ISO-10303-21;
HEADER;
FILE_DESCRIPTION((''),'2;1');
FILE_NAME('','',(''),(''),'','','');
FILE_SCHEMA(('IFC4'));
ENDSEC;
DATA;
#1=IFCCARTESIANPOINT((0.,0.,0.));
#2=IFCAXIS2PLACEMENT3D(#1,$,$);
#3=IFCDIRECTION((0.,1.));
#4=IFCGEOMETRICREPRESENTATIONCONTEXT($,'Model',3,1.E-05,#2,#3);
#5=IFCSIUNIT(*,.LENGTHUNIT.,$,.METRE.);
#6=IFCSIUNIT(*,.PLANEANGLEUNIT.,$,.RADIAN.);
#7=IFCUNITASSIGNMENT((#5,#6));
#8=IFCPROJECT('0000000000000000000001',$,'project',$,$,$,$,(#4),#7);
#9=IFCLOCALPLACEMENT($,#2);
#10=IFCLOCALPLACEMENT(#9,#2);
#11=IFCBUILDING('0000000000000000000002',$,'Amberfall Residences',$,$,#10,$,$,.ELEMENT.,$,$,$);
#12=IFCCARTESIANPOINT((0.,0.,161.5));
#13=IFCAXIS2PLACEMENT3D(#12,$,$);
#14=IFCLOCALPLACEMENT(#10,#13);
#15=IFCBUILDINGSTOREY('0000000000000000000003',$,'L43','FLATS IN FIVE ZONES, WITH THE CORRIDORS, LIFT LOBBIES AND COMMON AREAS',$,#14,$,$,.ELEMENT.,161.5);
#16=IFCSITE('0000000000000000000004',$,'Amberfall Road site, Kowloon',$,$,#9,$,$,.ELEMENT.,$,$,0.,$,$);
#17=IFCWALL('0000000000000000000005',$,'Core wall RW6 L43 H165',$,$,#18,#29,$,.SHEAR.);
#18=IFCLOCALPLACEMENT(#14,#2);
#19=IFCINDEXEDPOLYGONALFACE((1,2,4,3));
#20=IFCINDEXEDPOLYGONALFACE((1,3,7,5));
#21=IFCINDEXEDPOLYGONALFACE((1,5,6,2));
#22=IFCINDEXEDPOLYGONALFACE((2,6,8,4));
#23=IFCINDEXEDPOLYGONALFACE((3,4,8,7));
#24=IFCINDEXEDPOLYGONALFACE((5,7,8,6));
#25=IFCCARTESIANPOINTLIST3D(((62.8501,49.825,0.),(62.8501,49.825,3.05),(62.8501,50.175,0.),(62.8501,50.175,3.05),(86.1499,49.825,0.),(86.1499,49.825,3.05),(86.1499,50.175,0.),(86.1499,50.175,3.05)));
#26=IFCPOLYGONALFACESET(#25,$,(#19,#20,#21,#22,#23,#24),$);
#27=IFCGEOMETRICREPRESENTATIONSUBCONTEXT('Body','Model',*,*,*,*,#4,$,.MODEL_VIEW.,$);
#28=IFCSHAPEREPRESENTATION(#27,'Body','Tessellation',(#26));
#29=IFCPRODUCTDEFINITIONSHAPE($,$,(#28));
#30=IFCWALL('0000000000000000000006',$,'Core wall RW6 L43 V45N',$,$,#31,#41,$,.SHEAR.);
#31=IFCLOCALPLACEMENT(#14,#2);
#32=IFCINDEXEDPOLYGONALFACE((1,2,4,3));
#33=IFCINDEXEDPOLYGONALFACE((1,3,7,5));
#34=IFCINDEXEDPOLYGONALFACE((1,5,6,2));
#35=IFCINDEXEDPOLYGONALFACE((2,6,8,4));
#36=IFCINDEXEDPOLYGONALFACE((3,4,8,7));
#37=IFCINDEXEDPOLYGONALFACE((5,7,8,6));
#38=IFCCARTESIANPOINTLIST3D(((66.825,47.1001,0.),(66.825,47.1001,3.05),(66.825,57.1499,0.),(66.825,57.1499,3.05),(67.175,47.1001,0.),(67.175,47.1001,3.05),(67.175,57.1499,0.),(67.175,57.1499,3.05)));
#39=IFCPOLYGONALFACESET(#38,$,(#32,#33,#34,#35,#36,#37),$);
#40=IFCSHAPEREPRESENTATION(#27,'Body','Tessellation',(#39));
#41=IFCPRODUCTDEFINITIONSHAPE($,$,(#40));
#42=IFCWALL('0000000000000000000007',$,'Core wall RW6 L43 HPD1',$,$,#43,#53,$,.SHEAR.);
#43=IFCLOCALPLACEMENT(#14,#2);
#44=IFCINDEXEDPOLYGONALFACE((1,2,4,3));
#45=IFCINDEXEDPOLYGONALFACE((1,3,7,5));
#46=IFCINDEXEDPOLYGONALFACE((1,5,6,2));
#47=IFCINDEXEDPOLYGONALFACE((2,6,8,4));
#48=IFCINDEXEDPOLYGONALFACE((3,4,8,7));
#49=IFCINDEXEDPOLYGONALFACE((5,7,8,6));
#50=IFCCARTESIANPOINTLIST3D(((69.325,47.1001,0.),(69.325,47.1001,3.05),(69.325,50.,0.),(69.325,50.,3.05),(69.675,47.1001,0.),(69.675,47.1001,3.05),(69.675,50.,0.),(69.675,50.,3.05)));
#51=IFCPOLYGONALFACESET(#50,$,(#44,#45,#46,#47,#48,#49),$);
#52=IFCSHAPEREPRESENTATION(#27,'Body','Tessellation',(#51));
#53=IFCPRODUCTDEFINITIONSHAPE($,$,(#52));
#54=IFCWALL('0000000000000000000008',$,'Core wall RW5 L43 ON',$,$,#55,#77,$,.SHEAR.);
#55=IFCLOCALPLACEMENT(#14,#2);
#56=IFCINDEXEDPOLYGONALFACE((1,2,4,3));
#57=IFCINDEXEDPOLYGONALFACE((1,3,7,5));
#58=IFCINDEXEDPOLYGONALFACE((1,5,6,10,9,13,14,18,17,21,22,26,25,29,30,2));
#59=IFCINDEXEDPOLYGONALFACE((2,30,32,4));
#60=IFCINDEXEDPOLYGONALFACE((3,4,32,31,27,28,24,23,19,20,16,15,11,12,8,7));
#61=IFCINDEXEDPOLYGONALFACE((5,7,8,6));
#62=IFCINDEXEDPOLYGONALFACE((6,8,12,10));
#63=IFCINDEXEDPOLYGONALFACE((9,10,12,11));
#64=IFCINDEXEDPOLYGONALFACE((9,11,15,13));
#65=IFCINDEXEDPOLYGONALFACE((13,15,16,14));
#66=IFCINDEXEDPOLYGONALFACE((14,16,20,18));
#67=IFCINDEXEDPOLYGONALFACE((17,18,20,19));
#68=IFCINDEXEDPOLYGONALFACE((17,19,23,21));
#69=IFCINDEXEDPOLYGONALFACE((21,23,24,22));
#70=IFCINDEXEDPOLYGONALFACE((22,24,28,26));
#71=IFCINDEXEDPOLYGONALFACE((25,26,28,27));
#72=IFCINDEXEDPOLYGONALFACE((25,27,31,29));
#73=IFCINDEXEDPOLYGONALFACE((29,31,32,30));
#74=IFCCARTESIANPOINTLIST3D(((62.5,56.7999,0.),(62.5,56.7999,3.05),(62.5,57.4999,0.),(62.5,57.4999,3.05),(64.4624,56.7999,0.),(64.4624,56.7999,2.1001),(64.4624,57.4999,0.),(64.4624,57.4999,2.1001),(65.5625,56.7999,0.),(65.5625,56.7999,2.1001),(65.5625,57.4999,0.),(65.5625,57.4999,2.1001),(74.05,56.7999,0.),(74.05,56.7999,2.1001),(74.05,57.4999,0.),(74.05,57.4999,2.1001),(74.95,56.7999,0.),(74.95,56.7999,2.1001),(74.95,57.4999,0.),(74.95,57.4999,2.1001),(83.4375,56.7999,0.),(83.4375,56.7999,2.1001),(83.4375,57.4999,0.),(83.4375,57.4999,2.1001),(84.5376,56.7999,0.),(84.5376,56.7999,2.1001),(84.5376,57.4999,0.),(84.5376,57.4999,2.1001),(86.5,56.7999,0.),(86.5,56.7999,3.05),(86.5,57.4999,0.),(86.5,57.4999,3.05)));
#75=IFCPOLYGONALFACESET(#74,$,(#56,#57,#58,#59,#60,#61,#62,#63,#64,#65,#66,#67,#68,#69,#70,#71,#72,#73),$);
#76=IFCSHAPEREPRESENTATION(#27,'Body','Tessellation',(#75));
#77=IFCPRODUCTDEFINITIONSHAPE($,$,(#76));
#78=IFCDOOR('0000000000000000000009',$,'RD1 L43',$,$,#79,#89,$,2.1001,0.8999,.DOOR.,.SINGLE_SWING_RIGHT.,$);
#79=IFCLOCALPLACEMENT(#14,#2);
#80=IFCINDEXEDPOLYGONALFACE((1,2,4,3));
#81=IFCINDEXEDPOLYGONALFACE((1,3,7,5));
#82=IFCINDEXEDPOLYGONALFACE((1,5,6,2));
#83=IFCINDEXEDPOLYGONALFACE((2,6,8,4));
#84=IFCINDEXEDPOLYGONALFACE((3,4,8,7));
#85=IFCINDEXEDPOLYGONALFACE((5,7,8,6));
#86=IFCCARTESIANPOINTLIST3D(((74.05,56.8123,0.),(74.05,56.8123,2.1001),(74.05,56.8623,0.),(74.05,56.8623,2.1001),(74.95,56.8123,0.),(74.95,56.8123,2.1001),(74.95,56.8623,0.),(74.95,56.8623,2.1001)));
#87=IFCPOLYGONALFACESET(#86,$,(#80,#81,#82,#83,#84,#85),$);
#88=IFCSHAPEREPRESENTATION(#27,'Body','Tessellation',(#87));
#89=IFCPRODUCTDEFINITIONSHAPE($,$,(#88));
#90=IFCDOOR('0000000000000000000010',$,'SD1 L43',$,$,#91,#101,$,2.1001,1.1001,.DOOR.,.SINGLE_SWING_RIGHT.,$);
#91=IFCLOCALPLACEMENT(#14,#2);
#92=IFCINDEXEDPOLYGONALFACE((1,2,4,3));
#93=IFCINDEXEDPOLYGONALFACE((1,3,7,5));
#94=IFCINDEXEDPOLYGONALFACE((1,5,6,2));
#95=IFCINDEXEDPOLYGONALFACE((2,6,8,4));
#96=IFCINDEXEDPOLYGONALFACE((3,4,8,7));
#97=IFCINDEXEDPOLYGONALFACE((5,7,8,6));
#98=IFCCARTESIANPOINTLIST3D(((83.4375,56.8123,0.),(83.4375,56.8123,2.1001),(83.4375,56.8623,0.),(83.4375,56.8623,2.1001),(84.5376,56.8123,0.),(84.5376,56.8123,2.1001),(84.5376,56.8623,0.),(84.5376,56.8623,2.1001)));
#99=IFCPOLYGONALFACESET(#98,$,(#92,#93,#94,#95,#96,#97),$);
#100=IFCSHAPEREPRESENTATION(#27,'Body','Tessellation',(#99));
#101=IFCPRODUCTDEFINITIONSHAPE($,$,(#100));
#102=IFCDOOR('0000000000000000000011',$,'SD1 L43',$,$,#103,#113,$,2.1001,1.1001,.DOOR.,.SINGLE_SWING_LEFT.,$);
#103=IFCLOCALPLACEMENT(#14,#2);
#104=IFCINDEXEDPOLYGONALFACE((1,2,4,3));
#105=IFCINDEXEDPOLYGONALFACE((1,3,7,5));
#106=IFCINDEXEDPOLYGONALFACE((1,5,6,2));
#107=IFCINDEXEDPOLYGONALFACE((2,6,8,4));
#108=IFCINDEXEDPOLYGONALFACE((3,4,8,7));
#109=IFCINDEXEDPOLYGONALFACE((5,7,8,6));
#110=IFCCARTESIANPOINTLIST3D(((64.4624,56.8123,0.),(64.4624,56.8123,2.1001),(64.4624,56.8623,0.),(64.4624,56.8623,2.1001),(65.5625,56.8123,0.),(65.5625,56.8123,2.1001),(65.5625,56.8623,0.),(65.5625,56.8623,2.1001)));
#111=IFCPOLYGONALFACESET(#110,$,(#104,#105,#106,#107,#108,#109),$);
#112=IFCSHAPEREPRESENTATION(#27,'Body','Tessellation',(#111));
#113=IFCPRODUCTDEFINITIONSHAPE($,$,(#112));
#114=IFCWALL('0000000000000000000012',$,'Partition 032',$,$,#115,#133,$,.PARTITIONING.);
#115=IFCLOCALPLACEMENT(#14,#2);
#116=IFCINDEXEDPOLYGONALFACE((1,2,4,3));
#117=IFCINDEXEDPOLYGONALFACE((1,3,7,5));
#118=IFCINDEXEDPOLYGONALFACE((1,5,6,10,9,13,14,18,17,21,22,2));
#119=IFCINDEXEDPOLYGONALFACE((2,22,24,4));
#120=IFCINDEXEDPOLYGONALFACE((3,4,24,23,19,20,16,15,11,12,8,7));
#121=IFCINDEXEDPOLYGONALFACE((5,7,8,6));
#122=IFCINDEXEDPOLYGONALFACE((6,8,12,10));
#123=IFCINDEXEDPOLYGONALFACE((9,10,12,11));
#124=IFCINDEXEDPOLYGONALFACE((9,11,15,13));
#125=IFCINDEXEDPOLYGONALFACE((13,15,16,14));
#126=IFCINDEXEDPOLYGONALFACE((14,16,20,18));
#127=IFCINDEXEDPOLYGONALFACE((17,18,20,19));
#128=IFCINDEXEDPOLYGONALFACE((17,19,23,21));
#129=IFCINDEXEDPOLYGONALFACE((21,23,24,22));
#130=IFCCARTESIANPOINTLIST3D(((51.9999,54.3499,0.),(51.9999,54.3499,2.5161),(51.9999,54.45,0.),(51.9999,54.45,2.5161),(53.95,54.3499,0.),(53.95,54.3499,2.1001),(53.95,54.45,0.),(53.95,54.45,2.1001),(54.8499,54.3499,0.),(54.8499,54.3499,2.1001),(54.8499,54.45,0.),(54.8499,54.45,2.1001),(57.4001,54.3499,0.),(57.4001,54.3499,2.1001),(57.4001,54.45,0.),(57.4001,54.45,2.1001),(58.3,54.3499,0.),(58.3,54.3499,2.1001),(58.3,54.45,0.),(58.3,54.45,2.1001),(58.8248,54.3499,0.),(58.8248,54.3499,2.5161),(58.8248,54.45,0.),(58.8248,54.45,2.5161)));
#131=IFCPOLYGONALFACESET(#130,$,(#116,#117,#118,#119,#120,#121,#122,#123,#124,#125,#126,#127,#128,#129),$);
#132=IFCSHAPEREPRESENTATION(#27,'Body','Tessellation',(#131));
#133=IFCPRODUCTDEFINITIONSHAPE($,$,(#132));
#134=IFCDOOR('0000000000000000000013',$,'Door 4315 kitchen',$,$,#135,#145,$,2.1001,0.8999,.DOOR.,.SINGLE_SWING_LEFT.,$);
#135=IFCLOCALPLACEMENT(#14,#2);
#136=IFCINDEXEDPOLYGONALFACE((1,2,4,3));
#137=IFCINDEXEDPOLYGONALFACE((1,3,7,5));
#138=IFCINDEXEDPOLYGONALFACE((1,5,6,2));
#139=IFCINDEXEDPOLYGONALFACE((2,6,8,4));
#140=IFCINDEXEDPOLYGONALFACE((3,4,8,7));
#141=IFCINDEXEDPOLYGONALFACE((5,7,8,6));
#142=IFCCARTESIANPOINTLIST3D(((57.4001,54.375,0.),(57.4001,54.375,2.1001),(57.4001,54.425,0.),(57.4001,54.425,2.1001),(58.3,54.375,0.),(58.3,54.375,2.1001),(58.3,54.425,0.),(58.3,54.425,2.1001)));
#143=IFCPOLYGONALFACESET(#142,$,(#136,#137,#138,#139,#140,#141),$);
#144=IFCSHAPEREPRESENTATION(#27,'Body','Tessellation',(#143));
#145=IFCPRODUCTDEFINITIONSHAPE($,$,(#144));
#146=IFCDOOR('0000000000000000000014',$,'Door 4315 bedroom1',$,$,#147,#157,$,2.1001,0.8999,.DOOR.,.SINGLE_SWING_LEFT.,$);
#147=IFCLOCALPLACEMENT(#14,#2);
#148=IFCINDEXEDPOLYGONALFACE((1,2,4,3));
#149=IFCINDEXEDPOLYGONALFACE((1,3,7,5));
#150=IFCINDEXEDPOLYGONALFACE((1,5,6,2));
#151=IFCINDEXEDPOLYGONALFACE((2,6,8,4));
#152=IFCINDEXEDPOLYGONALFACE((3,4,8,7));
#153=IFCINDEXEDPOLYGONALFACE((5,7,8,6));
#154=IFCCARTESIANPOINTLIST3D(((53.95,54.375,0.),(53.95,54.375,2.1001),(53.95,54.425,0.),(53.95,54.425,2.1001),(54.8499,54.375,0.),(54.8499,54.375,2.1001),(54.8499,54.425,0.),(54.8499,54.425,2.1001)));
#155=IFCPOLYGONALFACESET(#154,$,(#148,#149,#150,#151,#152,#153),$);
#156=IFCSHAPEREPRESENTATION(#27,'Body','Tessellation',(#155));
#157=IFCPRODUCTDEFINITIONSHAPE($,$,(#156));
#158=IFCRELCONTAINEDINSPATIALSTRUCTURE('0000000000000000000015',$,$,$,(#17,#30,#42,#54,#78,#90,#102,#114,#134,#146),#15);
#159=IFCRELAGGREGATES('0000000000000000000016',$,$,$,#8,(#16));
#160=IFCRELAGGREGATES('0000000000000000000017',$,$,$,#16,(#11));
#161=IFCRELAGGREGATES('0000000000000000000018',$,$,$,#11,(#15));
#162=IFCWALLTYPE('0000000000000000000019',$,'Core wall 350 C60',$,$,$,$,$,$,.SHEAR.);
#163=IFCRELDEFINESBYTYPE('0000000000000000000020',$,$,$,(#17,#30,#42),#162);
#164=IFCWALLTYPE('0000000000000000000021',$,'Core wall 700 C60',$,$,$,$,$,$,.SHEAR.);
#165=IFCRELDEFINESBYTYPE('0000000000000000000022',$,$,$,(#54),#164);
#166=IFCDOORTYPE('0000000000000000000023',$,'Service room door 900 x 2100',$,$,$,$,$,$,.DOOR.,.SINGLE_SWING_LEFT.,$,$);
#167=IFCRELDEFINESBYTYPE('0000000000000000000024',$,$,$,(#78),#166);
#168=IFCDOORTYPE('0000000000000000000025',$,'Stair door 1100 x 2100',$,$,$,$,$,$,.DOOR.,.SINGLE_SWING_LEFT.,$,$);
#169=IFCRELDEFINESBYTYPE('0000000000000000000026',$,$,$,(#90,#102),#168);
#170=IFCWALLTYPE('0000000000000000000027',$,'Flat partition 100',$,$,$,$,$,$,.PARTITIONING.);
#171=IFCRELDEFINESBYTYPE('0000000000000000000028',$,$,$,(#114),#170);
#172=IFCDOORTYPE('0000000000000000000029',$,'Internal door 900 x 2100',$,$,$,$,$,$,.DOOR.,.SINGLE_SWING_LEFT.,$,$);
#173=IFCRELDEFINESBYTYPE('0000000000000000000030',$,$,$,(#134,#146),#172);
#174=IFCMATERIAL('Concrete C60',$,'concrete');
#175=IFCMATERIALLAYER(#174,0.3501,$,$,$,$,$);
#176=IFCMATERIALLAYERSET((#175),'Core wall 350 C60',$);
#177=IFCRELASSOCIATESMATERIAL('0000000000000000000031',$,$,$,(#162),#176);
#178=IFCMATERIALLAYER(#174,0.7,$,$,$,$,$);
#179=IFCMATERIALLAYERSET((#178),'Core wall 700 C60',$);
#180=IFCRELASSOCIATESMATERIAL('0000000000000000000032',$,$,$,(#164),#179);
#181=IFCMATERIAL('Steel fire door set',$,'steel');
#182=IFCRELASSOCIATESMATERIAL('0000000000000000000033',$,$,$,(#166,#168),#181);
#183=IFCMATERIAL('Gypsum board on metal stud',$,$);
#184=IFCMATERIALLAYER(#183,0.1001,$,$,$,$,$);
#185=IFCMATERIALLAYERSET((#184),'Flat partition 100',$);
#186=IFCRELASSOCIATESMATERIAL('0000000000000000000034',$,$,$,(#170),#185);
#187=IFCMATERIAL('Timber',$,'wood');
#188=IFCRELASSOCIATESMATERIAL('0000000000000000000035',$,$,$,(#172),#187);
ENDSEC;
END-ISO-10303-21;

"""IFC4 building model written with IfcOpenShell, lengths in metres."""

from ifc_helpers import new_model, si_unit, direction, frame, frame_2d, origin, place, context, subcontext, project, spatial, rectangle, extrude, material, layer, layer_set, type_object, element, fill, save


model = new_model("IFC4")

# Units and contexts
model_context = context("Model", 3, precision=1e-05, world=origin(), true_north=direction((0.0, 1.0)))
body_context = subcontext(model_context, "Body", "Model", "MODEL_VIEW")
ifc_project = project(units=[si_unit("LENGTHUNIT", "METRE"), si_unit("PLANEANGLEUNIT", "RADIAN")], contexts=[model_context])

# Site, building, storey
site_placement = place(None, origin())
site = spatial("IfcSite", under=ifc_project, at=site_placement, Name="Amberfall Road site, Kowloon", CompositionType="ELEMENT", RefElevation=0.0)
building_placement = place(site_placement, origin())
building = spatial("IfcBuilding", under=site, at=building_placement, Name="Amberfall Residences", CompositionType="ELEMENT")
storey_placement = place(building_placement, frame((0.0, 0.0, 161.5)))
storey = spatial("IfcBuildingStorey", under=building, at=storey_placement, Name="L43", Description="FLATS IN FIVE ZONES, WITH THE CORRIDORS, LIFT LOBBIES AND COMMON AREAS", CompositionType="ELEMENT", Elevation=161.5)

# Walls
ifc_material_1 = material(Name="Concrete C60", Category="concrete")
ifc_layer_1 = layer(ifc_material_1, 0.3501)
ifc_layer_set_1 = layer_set([ifc_layer_1], Name="Core wall 350 C60")
wall_type_1 = type_object("IfcWallType", Name="Core wall 350 C60", PredefinedType="SHEAR", material=ifc_layer_set_1)
wall_1_placement = place(storey_placement, frame((62.8501, 50.0, 0.0), z_axis=(0.0, 0.0, 1.0), x_axis=(1.0, 0.0, 0.0)))
element("IfcWall", 1, at=wall_1_placement, inside=storey, type_object=wall_type_1, Name="Core wall RW6 L43 H165", PredefinedType="SHEAR", context=body_context, shape_type="SweptSolid", body=[
    extrude(rectangle(XDim=23.2998, YDim=0.3501, at=frame_2d((11.6499, 0.0))), origin(), (0.0, 0.0, 1.0), 3.05),
])
wall_2_placement = place(storey_placement, frame((67.0, 47.1001, 0.0), z_axis=(0.0, 0.0, 1.0), x_axis=(0.0, 1.0, 0.0)))
element("IfcWall", 2, at=wall_2_placement, inside=storey, type_object=wall_type_1, Name="Core wall RW6 L43 V45N", PredefinedType="SHEAR", context=body_context, shape_type="SweptSolid", body=[
    extrude(rectangle(XDim=10.0498, YDim=0.3501, at=frame_2d((5.0249, 0.0))), origin(), (0.0, 0.0, 1.0), 3.05),
])
wall_3_placement = place(storey_placement, frame((69.5, 47.1001, 0.0), z_axis=(0.0, 0.0, 1.0), x_axis=(0.0, 1.0, 0.0)))
element("IfcWall", 3, at=wall_3_placement, inside=storey, type_object=wall_type_1, Name="Core wall RW6 L43 HPD1", PredefinedType="SHEAR", context=body_context, shape_type="SweptSolid", body=[
    extrude(rectangle(XDim=2.8999, YDim=0.3501, at=frame_2d((1.45, 0.0))), origin(), (0.0, 0.0, 1.0), 3.05),
])

# Walls, openings, doors
ifc_layer_2 = layer(ifc_material_1, 0.7)
ifc_layer_set_2 = layer_set([ifc_layer_2], Name="Core wall 700 C60")
wall_type_2 = type_object("IfcWallType", Name="Core wall 700 C60", PredefinedType="SHEAR", material=ifc_layer_set_2)
wall_4_placement = place(storey_placement, frame((62.5, 57.1499, 0.0), z_axis=(0.0, 0.0, 1.0), x_axis=(1.0, 0.0, 0.0)))
wall_4 = element("IfcWall", 4, at=wall_4_placement, inside=storey, type_object=wall_type_2, Name="Core wall RW5 L43 ON", PredefinedType="SHEAR", context=body_context, shape_type="SweptSolid", body=[
    extrude(rectangle(XDim=24.0, YDim=0.7, at=frame_2d((12.0, 0.0))), origin(), (0.0, 0.0, 1.0), 3.05),
])
opening_1_placement = place(wall_4_placement, frame((20.9375, 0.0, 0.0)))
opening_1 = element("IfcOpeningElement", 5, at=opening_1_placement, cuts=wall_4, PredefinedType="OPENING", context=body_context, shape_type="SweptSolid", body=[
    extrude(rectangle(XDim=1.1001, YDim=2.1001, at=frame_2d((0.55, 1.05))), frame((0.0, 0.3599, 0.0), z_axis=(0.0, -1.0, 0.0), x_axis=(1.0, 0.0, 0.0)), (0.0, 0.0, 1.0), 0.72),
])
opening_2_placement = place(wall_4_placement, frame((1.9624, 0.0, 0.0)))
opening_2 = element("IfcOpeningElement", 6, at=opening_2_placement, cuts=wall_4, PredefinedType="OPENING", context=body_context, shape_type="SweptSolid", body=[
    extrude(rectangle(XDim=1.1001, YDim=2.1001, at=frame_2d((0.55, 1.05))), frame((0.0, 0.3599, 0.0), z_axis=(0.0, -1.0, 0.0), x_axis=(1.0, 0.0, 0.0)), (0.0, 0.0, 1.0), 0.72),
])
opening_3_placement = place(wall_4_placement, frame((11.55, 0.0, 0.0)))
opening_3 = element("IfcOpeningElement", 7, at=opening_3_placement, cuts=wall_4, PredefinedType="OPENING", context=body_context, shape_type="SweptSolid", body=[
    extrude(rectangle(XDim=0.8999, YDim=2.1001, at=frame_2d((0.45, 1.05))), frame((0.0, 0.3599, 0.0), z_axis=(0.0, -1.0, 0.0), x_axis=(1.0, 0.0, 0.0)), (0.0, 0.0, 1.0), 0.72),
])
ifc_material_2 = material(Name="Steel fire door set", Category="steel")
door_type_1 = type_object("IfcDoorType", Name="Service room door 900 x 2100", OperationType="SINGLE_SWING_LEFT", PredefinedType="DOOR", material=ifc_material_2)
door_1_placement = place(opening_3_placement, origin())
door_1 = element("IfcDoor", 8, at=door_1_placement, inside=storey, type_object=door_type_1, Name="RD1 L43", OperationType="SINGLE_SWING_RIGHT", OverallHeight=2.1001, OverallWidth=0.8999, PredefinedType="DOOR", context=body_context, shape_type="SweptSolid", body=[
    extrude(rectangle(XDim=0.8999, YDim=2.1001, at=frame_2d((0.45, 1.05))), frame((0.0, -0.2876, 0.0), z_axis=(0.0, -1.0, 0.0), x_axis=(1.0, 0.0, 0.0)), (0.0, 0.0, 1.0), 0.05),
])
fill(opening_3, door_1)
door_type_2 = type_object("IfcDoorType", Name="Stair door 1100 x 2100", OperationType="SINGLE_SWING_LEFT", PredefinedType="DOOR", material=ifc_material_2)
door_2_placement = place(opening_1_placement, origin())
door_2 = element("IfcDoor", 9, at=door_2_placement, inside=storey, type_object=door_type_2, Name="SD1 L43", OperationType="SINGLE_SWING_RIGHT", OverallHeight=2.1001, OverallWidth=1.1001, PredefinedType="DOOR", context=body_context, shape_type="SweptSolid", body=[
    extrude(rectangle(XDim=1.1001, YDim=2.1001, at=frame_2d((0.55, 1.05))), frame((0.0, -0.2876, 0.0), z_axis=(0.0, -1.0, 0.0), x_axis=(1.0, 0.0, 0.0)), (0.0, 0.0, 1.0), 0.05),
])
fill(opening_1, door_2)
door_3_placement = place(opening_2_placement, origin())
door_3 = element("IfcDoor", 10, at=door_3_placement, inside=storey, type_object=door_type_2, Name="SD1 L43", OperationType="SINGLE_SWING_LEFT", OverallHeight=2.1001, OverallWidth=1.1001, PredefinedType="DOOR", context=body_context, shape_type="SweptSolid", body=[
    extrude(rectangle(XDim=1.1001, YDim=2.1001, at=frame_2d((0.55, 1.05))), frame((0.0, -0.2876, 0.0), z_axis=(0.0, -1.0, 0.0), x_axis=(1.0, 0.0, 0.0)), (0.0, 0.0, 1.0), 0.05),
])
fill(opening_2, door_3)
ifc_material_3 = material(Name="Gypsum board on metal stud")
ifc_layer_3 = layer(ifc_material_3, 0.1001)
ifc_layer_set_3 = layer_set([ifc_layer_3], Name="Flat partition 100")
wall_type_3 = type_object("IfcWallType", Name="Flat partition 100", PredefinedType="PARTITIONING", material=ifc_layer_set_3)
wall_5_placement = place(storey_placement, frame((58.825, 54.3999, 0.0), z_axis=(0.0, 0.0, 1.0), x_axis=(-1.0, 0.0, 0.0)))
wall_5 = element("IfcWall", 11, at=wall_5_placement, inside=storey, type_object=wall_type_3, Name="Partition 032", PredefinedType="PARTITIONING", context=body_context, shape_type="SweptSolid", body=[
    extrude(rectangle(XDim=6.825, YDim=0.1001, at=frame_2d((3.4126, 0.0))), origin(), (0.0, 0.0, 1.0), 2.5161),
])
opening_4_placement = place(wall_5_placement, frame((0.5249, 0.0, 0.0)))
opening_4 = element("IfcOpeningElement", 12, at=opening_4_placement, cuts=wall_5, PredefinedType="OPENING", context=body_context, shape_type="SweptSolid", body=[
    extrude(rectangle(XDim=0.8999, YDim=2.1001, at=frame_2d((0.45, 1.05))), frame((0.0, 0.0601, 0.0), z_axis=(0.0, -1.0, 0.0), x_axis=(1.0, 0.0, 0.0)), (0.0, 0.0, 1.0), 0.1201),
])
opening_5_placement = place(wall_5_placement, frame((3.9751, 0.0, 0.0)))
opening_5 = element("IfcOpeningElement", 13, at=opening_5_placement, cuts=wall_5, PredefinedType="OPENING", context=body_context, shape_type="SweptSolid", body=[
    extrude(rectangle(XDim=0.8999, YDim=2.1001, at=frame_2d((0.45, 1.05))), frame((0.0, 0.0601, 0.0), z_axis=(0.0, -1.0, 0.0), x_axis=(1.0, 0.0, 0.0)), (0.0, 0.0, 1.0), 0.1201),
])
ifc_material_4 = material(Name="Timber", Category="wood")
door_type_3 = type_object("IfcDoorType", Name="Internal door 900 x 2100", OperationType="SINGLE_SWING_LEFT", PredefinedType="DOOR", material=ifc_material_4)
door_4_placement = place(opening_4_placement, origin())
door_4 = element("IfcDoor", 14, at=door_4_placement, inside=storey, type_object=door_type_3, Name="Door 4315 kitchen", OperationType="SINGLE_SWING_LEFT", OverallHeight=2.1001, OverallWidth=0.8999, PredefinedType="DOOR", context=body_context, shape_type="SweptSolid", body=[
    extrude(rectangle(XDim=0.8999, YDim=2.1001, at=frame_2d((0.45, 1.05))), frame((0.0, 0.0249, 0.0), z_axis=(0.0, -1.0, 0.0), x_axis=(1.0, 0.0, 0.0)), (0.0, 0.0, 1.0), 0.05),
])
fill(opening_4, door_4)
door_5_placement = place(opening_5_placement, origin())
door_5 = element("IfcDoor", 15, at=door_5_placement, inside=storey, type_object=door_type_3, Name="Door 4315 bedroom1", OperationType="SINGLE_SWING_LEFT", OverallHeight=2.1001, OverallWidth=0.8999, PredefinedType="DOOR", context=body_context, shape_type="SweptSolid", body=[
    extrude(rectangle(XDim=0.8999, YDim=2.1001, at=frame_2d((0.45, 1.05))), frame((0.0, 0.0249, 0.0), z_axis=(0.0, -1.0, 0.0), x_axis=(1.0, 0.0, 0.0)), (0.0, 0.0, 1.0), 0.05),
])
fill(opening_5, door_5)

save(model, "model.ifc")
